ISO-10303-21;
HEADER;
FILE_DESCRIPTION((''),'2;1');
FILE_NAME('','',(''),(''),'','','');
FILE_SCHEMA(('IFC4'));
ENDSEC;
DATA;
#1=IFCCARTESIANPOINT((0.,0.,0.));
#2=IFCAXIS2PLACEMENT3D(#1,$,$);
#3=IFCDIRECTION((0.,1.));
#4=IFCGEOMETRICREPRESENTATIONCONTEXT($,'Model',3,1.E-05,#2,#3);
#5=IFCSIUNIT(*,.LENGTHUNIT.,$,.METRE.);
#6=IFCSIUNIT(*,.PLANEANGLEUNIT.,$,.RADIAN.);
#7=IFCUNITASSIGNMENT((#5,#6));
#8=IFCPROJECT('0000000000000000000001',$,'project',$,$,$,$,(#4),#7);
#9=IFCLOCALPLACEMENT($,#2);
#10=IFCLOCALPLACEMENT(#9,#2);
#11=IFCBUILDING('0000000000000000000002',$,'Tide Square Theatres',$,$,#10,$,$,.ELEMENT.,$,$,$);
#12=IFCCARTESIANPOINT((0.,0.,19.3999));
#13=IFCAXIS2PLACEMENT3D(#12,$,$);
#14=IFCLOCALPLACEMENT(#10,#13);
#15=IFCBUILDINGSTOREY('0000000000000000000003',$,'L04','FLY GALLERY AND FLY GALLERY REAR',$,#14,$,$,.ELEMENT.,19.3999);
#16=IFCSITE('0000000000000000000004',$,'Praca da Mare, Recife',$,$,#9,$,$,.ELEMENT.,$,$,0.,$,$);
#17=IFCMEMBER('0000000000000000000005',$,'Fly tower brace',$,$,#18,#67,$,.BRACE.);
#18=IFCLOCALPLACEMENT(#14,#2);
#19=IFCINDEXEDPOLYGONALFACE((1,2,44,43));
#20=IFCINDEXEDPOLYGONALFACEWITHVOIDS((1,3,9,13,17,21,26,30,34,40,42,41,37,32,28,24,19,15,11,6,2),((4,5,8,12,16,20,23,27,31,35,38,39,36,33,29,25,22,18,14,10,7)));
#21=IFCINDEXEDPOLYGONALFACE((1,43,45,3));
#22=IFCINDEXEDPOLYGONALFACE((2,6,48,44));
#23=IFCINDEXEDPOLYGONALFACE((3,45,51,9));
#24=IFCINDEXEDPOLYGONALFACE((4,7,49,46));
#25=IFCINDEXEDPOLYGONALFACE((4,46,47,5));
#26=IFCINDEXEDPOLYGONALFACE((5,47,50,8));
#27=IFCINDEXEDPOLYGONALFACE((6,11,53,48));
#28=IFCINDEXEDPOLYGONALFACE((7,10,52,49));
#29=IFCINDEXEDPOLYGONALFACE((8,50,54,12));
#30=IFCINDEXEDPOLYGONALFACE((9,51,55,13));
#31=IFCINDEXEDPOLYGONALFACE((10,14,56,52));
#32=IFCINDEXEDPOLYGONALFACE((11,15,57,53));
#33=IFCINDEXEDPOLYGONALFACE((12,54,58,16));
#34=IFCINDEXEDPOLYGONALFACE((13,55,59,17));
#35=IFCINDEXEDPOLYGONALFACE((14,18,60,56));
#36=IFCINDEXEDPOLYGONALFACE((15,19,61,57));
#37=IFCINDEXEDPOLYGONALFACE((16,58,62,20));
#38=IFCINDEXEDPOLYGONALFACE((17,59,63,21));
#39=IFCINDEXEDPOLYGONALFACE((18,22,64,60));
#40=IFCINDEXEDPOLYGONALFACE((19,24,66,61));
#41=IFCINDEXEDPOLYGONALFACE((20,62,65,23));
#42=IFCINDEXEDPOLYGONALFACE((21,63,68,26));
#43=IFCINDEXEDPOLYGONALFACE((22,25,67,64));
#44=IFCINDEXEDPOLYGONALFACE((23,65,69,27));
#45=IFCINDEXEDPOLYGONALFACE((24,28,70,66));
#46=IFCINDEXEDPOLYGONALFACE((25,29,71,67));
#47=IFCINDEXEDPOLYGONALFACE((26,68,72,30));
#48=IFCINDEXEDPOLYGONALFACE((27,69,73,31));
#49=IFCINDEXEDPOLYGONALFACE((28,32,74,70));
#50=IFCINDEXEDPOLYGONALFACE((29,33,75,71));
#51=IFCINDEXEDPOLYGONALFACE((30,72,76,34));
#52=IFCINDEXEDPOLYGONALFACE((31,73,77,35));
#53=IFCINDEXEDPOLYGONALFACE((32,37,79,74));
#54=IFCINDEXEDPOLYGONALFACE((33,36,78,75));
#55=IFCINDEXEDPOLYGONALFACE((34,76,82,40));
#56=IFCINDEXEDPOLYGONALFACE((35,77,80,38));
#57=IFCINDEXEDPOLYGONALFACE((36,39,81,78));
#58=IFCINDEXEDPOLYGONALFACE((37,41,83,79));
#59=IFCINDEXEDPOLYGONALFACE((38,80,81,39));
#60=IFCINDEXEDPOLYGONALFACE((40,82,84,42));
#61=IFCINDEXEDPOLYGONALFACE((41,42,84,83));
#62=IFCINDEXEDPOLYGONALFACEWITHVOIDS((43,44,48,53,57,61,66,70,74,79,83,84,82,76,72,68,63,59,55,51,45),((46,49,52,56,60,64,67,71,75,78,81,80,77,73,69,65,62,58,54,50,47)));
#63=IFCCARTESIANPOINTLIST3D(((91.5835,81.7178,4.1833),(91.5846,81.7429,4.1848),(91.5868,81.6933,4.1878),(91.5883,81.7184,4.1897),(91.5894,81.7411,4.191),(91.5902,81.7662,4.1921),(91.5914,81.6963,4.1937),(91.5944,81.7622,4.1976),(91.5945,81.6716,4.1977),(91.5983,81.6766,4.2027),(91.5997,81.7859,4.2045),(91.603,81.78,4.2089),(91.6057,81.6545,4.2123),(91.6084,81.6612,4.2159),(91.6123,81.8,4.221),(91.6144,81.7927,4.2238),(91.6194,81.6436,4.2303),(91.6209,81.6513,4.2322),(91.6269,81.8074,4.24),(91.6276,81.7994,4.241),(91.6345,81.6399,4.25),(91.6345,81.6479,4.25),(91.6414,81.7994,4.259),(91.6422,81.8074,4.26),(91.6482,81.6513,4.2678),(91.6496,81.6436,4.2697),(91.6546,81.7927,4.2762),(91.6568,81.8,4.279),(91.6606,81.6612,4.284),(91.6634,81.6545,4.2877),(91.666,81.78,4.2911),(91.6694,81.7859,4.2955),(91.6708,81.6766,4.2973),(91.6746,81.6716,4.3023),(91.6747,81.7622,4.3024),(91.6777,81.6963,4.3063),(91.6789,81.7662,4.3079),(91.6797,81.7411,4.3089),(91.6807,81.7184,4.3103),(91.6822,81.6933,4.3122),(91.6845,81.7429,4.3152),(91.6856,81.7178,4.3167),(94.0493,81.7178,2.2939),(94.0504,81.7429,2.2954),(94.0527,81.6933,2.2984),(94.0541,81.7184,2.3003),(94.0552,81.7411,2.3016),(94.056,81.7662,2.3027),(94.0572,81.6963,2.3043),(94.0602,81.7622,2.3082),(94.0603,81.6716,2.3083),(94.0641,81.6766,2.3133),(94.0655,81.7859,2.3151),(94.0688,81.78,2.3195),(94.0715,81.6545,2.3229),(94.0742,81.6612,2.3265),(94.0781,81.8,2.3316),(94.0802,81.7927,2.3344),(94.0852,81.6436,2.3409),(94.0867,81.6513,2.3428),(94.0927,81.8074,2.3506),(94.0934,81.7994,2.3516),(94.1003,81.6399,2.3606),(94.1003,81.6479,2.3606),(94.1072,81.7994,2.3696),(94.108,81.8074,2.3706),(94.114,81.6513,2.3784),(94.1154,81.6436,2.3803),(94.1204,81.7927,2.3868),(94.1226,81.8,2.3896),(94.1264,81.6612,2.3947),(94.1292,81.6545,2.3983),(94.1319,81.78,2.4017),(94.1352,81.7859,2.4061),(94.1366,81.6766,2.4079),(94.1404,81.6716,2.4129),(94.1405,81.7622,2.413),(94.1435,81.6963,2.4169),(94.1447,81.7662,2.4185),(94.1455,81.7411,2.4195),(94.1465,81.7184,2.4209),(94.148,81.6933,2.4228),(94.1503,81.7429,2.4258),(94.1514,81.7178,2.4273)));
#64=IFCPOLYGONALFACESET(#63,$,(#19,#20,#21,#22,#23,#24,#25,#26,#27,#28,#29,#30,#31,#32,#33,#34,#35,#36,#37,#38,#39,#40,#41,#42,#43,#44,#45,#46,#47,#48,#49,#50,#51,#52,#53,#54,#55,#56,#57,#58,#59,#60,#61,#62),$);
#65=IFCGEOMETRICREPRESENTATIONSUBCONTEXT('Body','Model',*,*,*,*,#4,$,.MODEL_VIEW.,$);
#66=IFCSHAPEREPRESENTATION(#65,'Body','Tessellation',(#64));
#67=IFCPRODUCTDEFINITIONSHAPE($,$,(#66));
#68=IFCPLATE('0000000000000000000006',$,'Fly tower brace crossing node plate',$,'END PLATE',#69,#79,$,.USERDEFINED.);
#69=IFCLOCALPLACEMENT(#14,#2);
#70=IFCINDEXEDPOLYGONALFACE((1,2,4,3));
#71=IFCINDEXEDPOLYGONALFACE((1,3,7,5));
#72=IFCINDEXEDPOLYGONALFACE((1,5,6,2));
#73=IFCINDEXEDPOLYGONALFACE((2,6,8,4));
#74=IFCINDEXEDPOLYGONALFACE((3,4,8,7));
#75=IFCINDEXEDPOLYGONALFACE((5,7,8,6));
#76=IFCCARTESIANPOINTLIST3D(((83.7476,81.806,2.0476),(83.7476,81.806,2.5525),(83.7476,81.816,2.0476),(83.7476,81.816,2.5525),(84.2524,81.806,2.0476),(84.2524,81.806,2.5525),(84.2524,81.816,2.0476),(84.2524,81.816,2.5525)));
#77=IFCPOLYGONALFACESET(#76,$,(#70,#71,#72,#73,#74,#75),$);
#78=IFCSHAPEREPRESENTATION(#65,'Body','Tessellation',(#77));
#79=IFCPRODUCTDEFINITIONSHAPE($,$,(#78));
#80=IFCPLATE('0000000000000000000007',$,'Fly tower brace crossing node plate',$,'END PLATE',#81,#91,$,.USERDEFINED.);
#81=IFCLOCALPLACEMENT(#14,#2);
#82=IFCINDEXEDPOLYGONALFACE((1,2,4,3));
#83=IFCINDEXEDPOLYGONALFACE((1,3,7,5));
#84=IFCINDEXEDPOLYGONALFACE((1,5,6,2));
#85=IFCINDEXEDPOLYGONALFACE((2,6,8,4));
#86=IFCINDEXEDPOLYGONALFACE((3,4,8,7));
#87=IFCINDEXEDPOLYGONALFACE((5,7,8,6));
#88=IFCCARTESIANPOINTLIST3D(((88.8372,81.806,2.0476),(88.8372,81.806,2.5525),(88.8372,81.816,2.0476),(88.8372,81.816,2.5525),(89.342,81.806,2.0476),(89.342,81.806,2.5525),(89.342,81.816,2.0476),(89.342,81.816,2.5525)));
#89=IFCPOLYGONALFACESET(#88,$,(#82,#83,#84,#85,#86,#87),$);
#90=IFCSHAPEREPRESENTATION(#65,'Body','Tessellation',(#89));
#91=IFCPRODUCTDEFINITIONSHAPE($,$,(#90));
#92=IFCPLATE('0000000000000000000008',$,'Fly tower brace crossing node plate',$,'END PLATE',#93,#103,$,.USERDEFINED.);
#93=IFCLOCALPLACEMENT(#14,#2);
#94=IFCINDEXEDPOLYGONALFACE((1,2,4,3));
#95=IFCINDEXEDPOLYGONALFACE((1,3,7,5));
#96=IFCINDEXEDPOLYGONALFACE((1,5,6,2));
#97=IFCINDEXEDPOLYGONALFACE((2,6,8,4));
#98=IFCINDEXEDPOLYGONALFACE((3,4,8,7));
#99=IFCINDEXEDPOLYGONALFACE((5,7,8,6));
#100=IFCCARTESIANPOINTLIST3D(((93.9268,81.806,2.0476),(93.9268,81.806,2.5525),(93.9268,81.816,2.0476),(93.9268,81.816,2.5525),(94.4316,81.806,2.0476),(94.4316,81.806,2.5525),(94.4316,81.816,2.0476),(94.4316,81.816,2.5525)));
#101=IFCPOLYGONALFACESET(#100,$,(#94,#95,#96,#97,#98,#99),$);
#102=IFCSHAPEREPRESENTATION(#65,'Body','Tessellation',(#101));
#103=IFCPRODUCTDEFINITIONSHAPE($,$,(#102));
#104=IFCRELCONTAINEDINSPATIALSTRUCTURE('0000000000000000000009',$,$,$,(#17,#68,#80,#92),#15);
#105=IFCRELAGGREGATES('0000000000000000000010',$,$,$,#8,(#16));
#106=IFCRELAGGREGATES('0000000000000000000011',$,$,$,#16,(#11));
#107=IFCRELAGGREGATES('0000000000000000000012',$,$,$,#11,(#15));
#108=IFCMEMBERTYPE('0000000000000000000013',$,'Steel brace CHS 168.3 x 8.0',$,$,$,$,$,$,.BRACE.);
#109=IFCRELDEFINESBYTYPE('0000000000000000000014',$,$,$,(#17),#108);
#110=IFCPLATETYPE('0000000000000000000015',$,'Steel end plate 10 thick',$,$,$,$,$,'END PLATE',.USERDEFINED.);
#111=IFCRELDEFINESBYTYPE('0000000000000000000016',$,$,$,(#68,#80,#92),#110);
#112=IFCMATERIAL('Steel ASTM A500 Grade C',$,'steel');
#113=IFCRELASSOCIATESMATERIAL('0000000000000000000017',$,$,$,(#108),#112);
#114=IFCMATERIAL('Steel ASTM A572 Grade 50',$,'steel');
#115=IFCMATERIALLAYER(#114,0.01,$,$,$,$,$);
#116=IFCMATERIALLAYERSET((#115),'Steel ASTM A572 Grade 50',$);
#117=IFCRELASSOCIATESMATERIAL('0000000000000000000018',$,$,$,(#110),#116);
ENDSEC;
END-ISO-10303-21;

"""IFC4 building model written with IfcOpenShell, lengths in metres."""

from ifc_helpers import new_model, si_unit, direction, frame, origin, origin_2d, place, context, subcontext, project, spatial, rectangle, hollow_circle, extrude, material, layer, layer_set, material_profile, profile_set, type_object, element, save


model = new_model("IFC4")

# Units and contexts
model_context = context("Model", 3, precision=1e-05, world=origin(), true_north=direction((0.0, 1.0)))
body_context = subcontext(model_context, "Body", "Model", "MODEL_VIEW")
ifc_project = project(units=[si_unit("LENGTHUNIT", "METRE"), si_unit("PLANEANGLEUNIT", "RADIAN")], contexts=[model_context])

# Site, building, storey
site_placement = place(None, origin())
site = spatial("IfcSite", under=ifc_project, at=site_placement, Name="Praca da Mare, Recife", CompositionType="ELEMENT", RefElevation=0.0)
building_placement = place(site_placement, origin())
building = spatial("IfcBuilding", under=site, at=building_placement, Name="Tide Square Theatres", CompositionType="ELEMENT")
storey_placement = place(building_placement, frame((0.0, 0.0, 19.3999)))
storey = spatial("IfcBuildingStorey", under=building, at=storey_placement, Name="L04", Description="FLY GALLERY AND FLY GALLERY REAR", CompositionType="ELEMENT", Elevation=19.3999)

# Member
ifc_material_1 = material(Name="Steel ASTM A500 Grade C", Category="steel")
ifc_material_profile_1 = material_profile(ifc_material_1, hollow_circle(Radius=0.0842, WallThickness=0.0081, at=origin_2d()))
ifc_profile_set_1 = profile_set([ifc_material_profile_1], Name="Steel ASTM A500 Grade C")
member_type = type_object("IfcMemberType", Name="Steel brace CHS 168.3 x 8.0", PredefinedType="BRACE", material=ifc_profile_set_1)
member_1_placement = place(storey_placement, frame((94.1003, 81.7241, 2.3606), z_axis=(-0.793771, 0.0, 0.608217), x_axis=(0.0, -1.0, 0.0)))
element("IfcMember", 1, at=member_1_placement, inside=storey, type_object=member_type, Name="Fly tower brace", PredefinedType="BRACE", context=body_context, shape_type="SweptSolid", body=[
    extrude(hollow_circle(Radius=0.0842, WallThickness=0.0081, at=origin_2d()), origin(), (0.0, 0.0, 1.0), 3.1064),
])

# Plates
ifc_material_2 = material(Name="Steel ASTM A572 Grade 50", Category="steel")
ifc_layer = layer(ifc_material_2, 0.01)
ifc_layer_set = layer_set([ifc_layer], Name="Steel ASTM A572 Grade 50")
plate_type = type_object("IfcPlateType", Name="Steel end plate 10 thick", ElementType="END PLATE", PredefinedType="USERDEFINED", material=ifc_layer_set)
for number, where, z_axis, x_axis, name in (
    (2, (84.0, 81.811, 2.0476), (0.0, 0.0, 1.0), (0.0, 1.0, 0.0), "Fly tower brace crossing node plate"),
    (3, (89.0896, 81.811, 2.0476), (0.0, 0.0, 1.0), (0.0, 1.0, 0.0), "Fly tower brace crossing node plate"),
    (4, (94.1792, 81.811, 2.0476), (0.0, 0.0, 1.0), (0.0, 1.0, 0.0), "Fly tower brace crossing node plate"),
):
    element("IfcPlate", number, at=place(storey_placement, frame(where, z_axis=z_axis, x_axis=x_axis)), inside=storey, type_object=plate_type, Name=name, ObjectType="END PLATE", PredefinedType="USERDEFINED", context=body_context, shape_type="SweptSolid", body=[
        extrude(rectangle(XDim=0.01, YDim=0.5049, at=origin_2d()), origin(), (0.0, 0.0, 1.0), 0.5049),
    ])

save(model, "model.ifc")
